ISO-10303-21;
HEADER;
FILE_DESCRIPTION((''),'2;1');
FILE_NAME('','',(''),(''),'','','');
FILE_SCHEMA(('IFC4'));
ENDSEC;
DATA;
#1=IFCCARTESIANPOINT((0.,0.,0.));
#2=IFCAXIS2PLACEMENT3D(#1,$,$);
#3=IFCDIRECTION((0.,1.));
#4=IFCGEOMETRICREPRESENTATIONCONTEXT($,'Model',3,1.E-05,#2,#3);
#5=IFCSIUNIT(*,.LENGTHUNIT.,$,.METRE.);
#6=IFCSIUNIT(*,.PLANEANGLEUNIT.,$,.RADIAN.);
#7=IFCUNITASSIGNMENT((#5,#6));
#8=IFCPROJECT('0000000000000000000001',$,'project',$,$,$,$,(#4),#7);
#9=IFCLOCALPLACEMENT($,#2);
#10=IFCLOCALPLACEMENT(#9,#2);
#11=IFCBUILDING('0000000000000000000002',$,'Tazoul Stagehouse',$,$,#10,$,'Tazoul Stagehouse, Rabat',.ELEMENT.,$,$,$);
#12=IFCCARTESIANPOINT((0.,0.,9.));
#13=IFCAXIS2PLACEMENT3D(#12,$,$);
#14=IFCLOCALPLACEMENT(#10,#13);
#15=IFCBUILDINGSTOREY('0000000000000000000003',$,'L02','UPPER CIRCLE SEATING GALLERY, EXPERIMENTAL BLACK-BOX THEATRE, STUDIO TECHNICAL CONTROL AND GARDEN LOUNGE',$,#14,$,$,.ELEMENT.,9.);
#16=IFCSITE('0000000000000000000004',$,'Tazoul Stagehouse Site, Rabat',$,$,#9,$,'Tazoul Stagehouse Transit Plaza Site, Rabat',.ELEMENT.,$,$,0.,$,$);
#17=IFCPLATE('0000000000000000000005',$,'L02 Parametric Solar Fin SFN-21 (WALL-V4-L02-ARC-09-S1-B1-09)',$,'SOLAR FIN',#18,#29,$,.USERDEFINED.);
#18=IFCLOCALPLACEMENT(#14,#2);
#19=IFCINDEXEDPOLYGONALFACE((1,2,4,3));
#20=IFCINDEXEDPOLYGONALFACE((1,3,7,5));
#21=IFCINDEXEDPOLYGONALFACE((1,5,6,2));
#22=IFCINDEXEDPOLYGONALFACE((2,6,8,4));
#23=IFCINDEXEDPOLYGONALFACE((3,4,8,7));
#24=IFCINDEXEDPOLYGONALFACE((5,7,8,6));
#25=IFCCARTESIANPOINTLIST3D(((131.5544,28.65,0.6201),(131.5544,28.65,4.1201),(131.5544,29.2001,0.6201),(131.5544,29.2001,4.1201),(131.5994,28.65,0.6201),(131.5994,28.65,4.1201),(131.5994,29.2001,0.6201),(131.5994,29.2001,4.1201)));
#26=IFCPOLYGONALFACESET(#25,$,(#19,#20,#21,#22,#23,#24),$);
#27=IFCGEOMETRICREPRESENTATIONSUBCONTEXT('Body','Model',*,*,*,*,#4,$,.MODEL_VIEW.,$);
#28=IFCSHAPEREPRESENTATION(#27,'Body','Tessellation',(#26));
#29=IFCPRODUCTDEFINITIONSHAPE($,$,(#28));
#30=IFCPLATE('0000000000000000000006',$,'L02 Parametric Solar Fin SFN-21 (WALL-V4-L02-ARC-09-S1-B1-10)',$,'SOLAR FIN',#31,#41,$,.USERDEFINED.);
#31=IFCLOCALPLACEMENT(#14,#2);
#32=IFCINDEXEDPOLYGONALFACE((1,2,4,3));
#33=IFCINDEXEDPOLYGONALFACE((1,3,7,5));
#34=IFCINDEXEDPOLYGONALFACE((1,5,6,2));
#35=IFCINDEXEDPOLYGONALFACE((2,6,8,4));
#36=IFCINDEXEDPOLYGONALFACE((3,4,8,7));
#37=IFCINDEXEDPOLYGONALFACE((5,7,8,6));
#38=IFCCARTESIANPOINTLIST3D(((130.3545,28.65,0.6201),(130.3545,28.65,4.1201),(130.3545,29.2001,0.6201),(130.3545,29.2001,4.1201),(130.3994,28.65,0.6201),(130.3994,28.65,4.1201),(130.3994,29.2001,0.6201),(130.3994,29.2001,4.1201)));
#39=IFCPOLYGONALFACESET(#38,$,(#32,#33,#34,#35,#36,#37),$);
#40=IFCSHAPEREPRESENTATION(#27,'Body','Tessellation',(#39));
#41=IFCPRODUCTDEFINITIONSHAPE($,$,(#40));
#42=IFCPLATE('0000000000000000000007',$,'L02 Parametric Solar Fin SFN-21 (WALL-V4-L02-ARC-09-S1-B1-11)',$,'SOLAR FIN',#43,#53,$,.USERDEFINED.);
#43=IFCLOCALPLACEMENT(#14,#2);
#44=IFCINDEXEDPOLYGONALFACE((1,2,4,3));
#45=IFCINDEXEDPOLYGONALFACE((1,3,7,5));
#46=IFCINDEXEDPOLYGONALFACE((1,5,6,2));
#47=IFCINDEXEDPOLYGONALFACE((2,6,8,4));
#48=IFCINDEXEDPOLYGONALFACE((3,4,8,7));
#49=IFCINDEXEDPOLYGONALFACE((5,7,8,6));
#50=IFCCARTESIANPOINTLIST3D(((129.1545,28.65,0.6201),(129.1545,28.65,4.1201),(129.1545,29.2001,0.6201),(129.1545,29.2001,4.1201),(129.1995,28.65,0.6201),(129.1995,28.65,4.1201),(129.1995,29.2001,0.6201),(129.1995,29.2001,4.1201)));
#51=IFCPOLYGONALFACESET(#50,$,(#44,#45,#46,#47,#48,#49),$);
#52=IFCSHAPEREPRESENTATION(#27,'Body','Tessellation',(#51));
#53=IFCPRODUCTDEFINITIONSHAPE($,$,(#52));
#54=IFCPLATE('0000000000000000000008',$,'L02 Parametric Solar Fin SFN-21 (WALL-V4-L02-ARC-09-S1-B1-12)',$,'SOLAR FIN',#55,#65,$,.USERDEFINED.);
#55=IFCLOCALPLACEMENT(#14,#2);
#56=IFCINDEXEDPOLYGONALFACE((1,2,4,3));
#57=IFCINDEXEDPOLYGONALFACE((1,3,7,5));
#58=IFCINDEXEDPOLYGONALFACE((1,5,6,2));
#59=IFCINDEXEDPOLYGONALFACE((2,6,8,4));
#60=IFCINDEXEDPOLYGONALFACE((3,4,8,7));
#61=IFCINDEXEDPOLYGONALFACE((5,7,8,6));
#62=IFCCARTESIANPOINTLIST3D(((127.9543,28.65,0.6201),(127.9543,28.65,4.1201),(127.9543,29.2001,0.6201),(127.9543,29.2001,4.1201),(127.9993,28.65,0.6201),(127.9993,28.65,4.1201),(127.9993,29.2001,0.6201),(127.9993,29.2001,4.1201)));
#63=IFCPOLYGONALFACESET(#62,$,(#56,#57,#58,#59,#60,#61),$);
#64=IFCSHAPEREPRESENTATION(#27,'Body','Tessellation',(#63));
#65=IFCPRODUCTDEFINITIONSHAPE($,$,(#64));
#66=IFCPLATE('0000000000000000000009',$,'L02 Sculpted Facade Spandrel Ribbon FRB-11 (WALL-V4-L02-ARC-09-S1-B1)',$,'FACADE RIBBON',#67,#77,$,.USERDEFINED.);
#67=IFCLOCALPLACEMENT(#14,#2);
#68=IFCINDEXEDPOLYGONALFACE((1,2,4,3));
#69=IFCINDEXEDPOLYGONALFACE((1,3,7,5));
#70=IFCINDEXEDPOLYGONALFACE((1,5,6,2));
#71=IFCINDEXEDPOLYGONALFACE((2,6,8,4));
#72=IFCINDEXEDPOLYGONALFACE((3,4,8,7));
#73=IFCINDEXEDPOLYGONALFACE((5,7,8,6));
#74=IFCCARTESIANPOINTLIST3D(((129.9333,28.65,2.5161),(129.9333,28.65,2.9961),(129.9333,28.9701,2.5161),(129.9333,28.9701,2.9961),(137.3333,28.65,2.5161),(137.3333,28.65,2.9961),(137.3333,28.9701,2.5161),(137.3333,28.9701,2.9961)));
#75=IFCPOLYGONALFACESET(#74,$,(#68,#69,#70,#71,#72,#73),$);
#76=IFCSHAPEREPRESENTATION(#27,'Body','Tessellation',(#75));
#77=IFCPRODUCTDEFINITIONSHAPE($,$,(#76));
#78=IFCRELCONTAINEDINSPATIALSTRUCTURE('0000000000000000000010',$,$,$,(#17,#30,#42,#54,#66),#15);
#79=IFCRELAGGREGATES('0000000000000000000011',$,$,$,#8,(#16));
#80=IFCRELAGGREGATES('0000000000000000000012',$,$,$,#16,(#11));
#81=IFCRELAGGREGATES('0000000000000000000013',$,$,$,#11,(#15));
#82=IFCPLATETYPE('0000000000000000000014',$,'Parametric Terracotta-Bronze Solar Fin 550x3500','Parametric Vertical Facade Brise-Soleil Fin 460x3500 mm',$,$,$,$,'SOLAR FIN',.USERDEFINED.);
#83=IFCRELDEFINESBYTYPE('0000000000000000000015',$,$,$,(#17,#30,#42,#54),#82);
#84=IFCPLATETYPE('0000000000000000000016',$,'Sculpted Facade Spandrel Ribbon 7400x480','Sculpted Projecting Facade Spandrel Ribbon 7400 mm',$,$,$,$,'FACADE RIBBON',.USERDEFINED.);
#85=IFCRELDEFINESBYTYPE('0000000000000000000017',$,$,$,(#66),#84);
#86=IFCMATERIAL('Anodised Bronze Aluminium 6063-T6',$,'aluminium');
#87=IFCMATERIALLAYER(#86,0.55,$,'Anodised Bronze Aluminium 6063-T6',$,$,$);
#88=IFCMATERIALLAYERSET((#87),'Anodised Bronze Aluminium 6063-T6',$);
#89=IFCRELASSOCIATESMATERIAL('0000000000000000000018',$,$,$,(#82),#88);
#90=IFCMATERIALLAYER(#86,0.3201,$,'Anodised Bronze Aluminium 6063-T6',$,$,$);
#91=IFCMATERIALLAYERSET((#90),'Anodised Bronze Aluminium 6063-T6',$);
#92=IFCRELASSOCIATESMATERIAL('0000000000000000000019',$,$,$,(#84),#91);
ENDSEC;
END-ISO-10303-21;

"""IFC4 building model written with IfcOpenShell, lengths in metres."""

from ifc_helpers import new_model, si_unit, direction, frame, origin, origin_2d, place, context, subcontext, project, spatial, rectangle, extrude, material, layer, layer_set, type_object, element, save


model = new_model("IFC4")

# Units and contexts
model_context = context("Model", 3, precision=1e-05, world=origin(), true_north=direction((0.0, 1.0)))
body_context = subcontext(model_context, "Body", "Model", "MODEL_VIEW")
ifc_project = project(units=[si_unit("LENGTHUNIT", "METRE"), si_unit("PLANEANGLEUNIT", "RADIAN")], contexts=[model_context])

# Site, building, storey
site_placement = place(None, origin())
site = spatial("IfcSite", under=ifc_project, at=site_placement, Name="Tazoul Stagehouse Site, Rabat", LongName="Tazoul Stagehouse Transit Plaza Site, Rabat", CompositionType="ELEMENT", RefElevation=0.0)
building_placement = place(site_placement, origin())
building = spatial("IfcBuilding", under=site, at=building_placement, Name="Tazoul Stagehouse", LongName="Tazoul Stagehouse, Rabat", CompositionType="ELEMENT")
storey_placement = place(building_placement, frame((0.0, 0.0, 9.0)))
storey = spatial("IfcBuildingStorey", under=building, at=storey_placement, Name="L02", Description="UPPER CIRCLE SEATING GALLERY, EXPERIMENTAL BLACK-BOX THEATRE, STUDIO TECHNICAL CONTROL AND GARDEN LOUNGE", CompositionType="ELEMENT", Elevation=9.0)

# Plates
ifc_material_1 = material(Name="Anodised Bronze Aluminium 6063-T6", Category="aluminium")
ifc_layer_1 = layer(ifc_material_1, 0.55, Name="Anodised Bronze Aluminium 6063-T6")
ifc_layer_set_1 = layer_set([ifc_layer_1], Name="Anodised Bronze Aluminium 6063-T6")
plate_type_1 = type_object("IfcPlateType", Name="Parametric Terracotta-Bronze Solar Fin 550x3500", Description="Parametric Vertical Facade Brise-Soleil Fin 460x3500 mm", ElementType="SOLAR FIN", PredefinedType="USERDEFINED", material=ifc_layer_set_1)
for number, where, z_axis, x_axis, name in (
    (1, (131.5769, 28.925, 0.6201), (0.0, 0.0, 1.0), (-1.0, 0.0, 0.0), "L02 Parametric Solar Fin SFN-21 (WALL-V4-L02-ARC-09-S1-B1-09)"),
    (2, (130.377, 28.925, 0.6201), (0.0, 0.0, 1.0), (-1.0, 0.0, 0.0), "L02 Parametric Solar Fin SFN-21 (WALL-V4-L02-ARC-09-S1-B1-10)"),
    (3, (129.177, 28.925, 0.6201), (0.0, 0.0, 1.0), (-1.0, 0.0, 0.0), "L02 Parametric Solar Fin SFN-21 (WALL-V4-L02-ARC-09-S1-B1-11)"),
    (4, (127.9768, 28.925, 0.6201), (0.0, 0.0, 1.0), (-1.0, 0.0, 0.0), "L02 Parametric Solar Fin SFN-21 (WALL-V4-L02-ARC-09-S1-B1-12)"),
):
    element("IfcPlate", number, at=place(storey_placement, frame(where, z_axis=z_axis, x_axis=x_axis)), inside=storey, type_object=plate_type_1, Name=name, ObjectType="SOLAR FIN", PredefinedType="USERDEFINED", context=body_context, shape_type="SweptSolid", body=[
        extrude(rectangle(XDim=0.0449, YDim=0.55, at=origin_2d()), origin(), (0.0, 0.0, 1.0), 3.5),
    ])
ifc_layer_2 = layer(ifc_material_1, 0.3201, Name="Anodised Bronze Aluminium 6063-T6")
ifc_layer_set_2 = layer_set([ifc_layer_2], Name="Anodised Bronze Aluminium 6063-T6")
plate_type_2 = type_object("IfcPlateType", Name="Sculpted Facade Spandrel Ribbon 7400x480", Description="Sculpted Projecting Facade Spandrel Ribbon 7400 mm", ElementType="FACADE RIBBON", PredefinedType="USERDEFINED", material=ifc_layer_set_2)
plate_placement = place(storey_placement, frame((133.6333, 28.8101, 2.5161), z_axis=(0.0, 0.0, 1.0), x_axis=(-1.0, 0.0, 0.0)))
element("IfcPlate", 5, at=plate_placement, inside=storey, type_object=plate_type_2, Name="L02 Sculpted Facade Spandrel Ribbon FRB-11 (WALL-V4-L02-ARC-09-S1-B1)", ObjectType="FACADE RIBBON", PredefinedType="USERDEFINED", context=body_context, shape_type="SweptSolid", body=[
    extrude(rectangle(XDim=7.3999, YDim=0.3201, at=origin_2d()), origin(), (0.0, 0.0, 1.0), 0.48),
])

save(model, "model.ifc")
